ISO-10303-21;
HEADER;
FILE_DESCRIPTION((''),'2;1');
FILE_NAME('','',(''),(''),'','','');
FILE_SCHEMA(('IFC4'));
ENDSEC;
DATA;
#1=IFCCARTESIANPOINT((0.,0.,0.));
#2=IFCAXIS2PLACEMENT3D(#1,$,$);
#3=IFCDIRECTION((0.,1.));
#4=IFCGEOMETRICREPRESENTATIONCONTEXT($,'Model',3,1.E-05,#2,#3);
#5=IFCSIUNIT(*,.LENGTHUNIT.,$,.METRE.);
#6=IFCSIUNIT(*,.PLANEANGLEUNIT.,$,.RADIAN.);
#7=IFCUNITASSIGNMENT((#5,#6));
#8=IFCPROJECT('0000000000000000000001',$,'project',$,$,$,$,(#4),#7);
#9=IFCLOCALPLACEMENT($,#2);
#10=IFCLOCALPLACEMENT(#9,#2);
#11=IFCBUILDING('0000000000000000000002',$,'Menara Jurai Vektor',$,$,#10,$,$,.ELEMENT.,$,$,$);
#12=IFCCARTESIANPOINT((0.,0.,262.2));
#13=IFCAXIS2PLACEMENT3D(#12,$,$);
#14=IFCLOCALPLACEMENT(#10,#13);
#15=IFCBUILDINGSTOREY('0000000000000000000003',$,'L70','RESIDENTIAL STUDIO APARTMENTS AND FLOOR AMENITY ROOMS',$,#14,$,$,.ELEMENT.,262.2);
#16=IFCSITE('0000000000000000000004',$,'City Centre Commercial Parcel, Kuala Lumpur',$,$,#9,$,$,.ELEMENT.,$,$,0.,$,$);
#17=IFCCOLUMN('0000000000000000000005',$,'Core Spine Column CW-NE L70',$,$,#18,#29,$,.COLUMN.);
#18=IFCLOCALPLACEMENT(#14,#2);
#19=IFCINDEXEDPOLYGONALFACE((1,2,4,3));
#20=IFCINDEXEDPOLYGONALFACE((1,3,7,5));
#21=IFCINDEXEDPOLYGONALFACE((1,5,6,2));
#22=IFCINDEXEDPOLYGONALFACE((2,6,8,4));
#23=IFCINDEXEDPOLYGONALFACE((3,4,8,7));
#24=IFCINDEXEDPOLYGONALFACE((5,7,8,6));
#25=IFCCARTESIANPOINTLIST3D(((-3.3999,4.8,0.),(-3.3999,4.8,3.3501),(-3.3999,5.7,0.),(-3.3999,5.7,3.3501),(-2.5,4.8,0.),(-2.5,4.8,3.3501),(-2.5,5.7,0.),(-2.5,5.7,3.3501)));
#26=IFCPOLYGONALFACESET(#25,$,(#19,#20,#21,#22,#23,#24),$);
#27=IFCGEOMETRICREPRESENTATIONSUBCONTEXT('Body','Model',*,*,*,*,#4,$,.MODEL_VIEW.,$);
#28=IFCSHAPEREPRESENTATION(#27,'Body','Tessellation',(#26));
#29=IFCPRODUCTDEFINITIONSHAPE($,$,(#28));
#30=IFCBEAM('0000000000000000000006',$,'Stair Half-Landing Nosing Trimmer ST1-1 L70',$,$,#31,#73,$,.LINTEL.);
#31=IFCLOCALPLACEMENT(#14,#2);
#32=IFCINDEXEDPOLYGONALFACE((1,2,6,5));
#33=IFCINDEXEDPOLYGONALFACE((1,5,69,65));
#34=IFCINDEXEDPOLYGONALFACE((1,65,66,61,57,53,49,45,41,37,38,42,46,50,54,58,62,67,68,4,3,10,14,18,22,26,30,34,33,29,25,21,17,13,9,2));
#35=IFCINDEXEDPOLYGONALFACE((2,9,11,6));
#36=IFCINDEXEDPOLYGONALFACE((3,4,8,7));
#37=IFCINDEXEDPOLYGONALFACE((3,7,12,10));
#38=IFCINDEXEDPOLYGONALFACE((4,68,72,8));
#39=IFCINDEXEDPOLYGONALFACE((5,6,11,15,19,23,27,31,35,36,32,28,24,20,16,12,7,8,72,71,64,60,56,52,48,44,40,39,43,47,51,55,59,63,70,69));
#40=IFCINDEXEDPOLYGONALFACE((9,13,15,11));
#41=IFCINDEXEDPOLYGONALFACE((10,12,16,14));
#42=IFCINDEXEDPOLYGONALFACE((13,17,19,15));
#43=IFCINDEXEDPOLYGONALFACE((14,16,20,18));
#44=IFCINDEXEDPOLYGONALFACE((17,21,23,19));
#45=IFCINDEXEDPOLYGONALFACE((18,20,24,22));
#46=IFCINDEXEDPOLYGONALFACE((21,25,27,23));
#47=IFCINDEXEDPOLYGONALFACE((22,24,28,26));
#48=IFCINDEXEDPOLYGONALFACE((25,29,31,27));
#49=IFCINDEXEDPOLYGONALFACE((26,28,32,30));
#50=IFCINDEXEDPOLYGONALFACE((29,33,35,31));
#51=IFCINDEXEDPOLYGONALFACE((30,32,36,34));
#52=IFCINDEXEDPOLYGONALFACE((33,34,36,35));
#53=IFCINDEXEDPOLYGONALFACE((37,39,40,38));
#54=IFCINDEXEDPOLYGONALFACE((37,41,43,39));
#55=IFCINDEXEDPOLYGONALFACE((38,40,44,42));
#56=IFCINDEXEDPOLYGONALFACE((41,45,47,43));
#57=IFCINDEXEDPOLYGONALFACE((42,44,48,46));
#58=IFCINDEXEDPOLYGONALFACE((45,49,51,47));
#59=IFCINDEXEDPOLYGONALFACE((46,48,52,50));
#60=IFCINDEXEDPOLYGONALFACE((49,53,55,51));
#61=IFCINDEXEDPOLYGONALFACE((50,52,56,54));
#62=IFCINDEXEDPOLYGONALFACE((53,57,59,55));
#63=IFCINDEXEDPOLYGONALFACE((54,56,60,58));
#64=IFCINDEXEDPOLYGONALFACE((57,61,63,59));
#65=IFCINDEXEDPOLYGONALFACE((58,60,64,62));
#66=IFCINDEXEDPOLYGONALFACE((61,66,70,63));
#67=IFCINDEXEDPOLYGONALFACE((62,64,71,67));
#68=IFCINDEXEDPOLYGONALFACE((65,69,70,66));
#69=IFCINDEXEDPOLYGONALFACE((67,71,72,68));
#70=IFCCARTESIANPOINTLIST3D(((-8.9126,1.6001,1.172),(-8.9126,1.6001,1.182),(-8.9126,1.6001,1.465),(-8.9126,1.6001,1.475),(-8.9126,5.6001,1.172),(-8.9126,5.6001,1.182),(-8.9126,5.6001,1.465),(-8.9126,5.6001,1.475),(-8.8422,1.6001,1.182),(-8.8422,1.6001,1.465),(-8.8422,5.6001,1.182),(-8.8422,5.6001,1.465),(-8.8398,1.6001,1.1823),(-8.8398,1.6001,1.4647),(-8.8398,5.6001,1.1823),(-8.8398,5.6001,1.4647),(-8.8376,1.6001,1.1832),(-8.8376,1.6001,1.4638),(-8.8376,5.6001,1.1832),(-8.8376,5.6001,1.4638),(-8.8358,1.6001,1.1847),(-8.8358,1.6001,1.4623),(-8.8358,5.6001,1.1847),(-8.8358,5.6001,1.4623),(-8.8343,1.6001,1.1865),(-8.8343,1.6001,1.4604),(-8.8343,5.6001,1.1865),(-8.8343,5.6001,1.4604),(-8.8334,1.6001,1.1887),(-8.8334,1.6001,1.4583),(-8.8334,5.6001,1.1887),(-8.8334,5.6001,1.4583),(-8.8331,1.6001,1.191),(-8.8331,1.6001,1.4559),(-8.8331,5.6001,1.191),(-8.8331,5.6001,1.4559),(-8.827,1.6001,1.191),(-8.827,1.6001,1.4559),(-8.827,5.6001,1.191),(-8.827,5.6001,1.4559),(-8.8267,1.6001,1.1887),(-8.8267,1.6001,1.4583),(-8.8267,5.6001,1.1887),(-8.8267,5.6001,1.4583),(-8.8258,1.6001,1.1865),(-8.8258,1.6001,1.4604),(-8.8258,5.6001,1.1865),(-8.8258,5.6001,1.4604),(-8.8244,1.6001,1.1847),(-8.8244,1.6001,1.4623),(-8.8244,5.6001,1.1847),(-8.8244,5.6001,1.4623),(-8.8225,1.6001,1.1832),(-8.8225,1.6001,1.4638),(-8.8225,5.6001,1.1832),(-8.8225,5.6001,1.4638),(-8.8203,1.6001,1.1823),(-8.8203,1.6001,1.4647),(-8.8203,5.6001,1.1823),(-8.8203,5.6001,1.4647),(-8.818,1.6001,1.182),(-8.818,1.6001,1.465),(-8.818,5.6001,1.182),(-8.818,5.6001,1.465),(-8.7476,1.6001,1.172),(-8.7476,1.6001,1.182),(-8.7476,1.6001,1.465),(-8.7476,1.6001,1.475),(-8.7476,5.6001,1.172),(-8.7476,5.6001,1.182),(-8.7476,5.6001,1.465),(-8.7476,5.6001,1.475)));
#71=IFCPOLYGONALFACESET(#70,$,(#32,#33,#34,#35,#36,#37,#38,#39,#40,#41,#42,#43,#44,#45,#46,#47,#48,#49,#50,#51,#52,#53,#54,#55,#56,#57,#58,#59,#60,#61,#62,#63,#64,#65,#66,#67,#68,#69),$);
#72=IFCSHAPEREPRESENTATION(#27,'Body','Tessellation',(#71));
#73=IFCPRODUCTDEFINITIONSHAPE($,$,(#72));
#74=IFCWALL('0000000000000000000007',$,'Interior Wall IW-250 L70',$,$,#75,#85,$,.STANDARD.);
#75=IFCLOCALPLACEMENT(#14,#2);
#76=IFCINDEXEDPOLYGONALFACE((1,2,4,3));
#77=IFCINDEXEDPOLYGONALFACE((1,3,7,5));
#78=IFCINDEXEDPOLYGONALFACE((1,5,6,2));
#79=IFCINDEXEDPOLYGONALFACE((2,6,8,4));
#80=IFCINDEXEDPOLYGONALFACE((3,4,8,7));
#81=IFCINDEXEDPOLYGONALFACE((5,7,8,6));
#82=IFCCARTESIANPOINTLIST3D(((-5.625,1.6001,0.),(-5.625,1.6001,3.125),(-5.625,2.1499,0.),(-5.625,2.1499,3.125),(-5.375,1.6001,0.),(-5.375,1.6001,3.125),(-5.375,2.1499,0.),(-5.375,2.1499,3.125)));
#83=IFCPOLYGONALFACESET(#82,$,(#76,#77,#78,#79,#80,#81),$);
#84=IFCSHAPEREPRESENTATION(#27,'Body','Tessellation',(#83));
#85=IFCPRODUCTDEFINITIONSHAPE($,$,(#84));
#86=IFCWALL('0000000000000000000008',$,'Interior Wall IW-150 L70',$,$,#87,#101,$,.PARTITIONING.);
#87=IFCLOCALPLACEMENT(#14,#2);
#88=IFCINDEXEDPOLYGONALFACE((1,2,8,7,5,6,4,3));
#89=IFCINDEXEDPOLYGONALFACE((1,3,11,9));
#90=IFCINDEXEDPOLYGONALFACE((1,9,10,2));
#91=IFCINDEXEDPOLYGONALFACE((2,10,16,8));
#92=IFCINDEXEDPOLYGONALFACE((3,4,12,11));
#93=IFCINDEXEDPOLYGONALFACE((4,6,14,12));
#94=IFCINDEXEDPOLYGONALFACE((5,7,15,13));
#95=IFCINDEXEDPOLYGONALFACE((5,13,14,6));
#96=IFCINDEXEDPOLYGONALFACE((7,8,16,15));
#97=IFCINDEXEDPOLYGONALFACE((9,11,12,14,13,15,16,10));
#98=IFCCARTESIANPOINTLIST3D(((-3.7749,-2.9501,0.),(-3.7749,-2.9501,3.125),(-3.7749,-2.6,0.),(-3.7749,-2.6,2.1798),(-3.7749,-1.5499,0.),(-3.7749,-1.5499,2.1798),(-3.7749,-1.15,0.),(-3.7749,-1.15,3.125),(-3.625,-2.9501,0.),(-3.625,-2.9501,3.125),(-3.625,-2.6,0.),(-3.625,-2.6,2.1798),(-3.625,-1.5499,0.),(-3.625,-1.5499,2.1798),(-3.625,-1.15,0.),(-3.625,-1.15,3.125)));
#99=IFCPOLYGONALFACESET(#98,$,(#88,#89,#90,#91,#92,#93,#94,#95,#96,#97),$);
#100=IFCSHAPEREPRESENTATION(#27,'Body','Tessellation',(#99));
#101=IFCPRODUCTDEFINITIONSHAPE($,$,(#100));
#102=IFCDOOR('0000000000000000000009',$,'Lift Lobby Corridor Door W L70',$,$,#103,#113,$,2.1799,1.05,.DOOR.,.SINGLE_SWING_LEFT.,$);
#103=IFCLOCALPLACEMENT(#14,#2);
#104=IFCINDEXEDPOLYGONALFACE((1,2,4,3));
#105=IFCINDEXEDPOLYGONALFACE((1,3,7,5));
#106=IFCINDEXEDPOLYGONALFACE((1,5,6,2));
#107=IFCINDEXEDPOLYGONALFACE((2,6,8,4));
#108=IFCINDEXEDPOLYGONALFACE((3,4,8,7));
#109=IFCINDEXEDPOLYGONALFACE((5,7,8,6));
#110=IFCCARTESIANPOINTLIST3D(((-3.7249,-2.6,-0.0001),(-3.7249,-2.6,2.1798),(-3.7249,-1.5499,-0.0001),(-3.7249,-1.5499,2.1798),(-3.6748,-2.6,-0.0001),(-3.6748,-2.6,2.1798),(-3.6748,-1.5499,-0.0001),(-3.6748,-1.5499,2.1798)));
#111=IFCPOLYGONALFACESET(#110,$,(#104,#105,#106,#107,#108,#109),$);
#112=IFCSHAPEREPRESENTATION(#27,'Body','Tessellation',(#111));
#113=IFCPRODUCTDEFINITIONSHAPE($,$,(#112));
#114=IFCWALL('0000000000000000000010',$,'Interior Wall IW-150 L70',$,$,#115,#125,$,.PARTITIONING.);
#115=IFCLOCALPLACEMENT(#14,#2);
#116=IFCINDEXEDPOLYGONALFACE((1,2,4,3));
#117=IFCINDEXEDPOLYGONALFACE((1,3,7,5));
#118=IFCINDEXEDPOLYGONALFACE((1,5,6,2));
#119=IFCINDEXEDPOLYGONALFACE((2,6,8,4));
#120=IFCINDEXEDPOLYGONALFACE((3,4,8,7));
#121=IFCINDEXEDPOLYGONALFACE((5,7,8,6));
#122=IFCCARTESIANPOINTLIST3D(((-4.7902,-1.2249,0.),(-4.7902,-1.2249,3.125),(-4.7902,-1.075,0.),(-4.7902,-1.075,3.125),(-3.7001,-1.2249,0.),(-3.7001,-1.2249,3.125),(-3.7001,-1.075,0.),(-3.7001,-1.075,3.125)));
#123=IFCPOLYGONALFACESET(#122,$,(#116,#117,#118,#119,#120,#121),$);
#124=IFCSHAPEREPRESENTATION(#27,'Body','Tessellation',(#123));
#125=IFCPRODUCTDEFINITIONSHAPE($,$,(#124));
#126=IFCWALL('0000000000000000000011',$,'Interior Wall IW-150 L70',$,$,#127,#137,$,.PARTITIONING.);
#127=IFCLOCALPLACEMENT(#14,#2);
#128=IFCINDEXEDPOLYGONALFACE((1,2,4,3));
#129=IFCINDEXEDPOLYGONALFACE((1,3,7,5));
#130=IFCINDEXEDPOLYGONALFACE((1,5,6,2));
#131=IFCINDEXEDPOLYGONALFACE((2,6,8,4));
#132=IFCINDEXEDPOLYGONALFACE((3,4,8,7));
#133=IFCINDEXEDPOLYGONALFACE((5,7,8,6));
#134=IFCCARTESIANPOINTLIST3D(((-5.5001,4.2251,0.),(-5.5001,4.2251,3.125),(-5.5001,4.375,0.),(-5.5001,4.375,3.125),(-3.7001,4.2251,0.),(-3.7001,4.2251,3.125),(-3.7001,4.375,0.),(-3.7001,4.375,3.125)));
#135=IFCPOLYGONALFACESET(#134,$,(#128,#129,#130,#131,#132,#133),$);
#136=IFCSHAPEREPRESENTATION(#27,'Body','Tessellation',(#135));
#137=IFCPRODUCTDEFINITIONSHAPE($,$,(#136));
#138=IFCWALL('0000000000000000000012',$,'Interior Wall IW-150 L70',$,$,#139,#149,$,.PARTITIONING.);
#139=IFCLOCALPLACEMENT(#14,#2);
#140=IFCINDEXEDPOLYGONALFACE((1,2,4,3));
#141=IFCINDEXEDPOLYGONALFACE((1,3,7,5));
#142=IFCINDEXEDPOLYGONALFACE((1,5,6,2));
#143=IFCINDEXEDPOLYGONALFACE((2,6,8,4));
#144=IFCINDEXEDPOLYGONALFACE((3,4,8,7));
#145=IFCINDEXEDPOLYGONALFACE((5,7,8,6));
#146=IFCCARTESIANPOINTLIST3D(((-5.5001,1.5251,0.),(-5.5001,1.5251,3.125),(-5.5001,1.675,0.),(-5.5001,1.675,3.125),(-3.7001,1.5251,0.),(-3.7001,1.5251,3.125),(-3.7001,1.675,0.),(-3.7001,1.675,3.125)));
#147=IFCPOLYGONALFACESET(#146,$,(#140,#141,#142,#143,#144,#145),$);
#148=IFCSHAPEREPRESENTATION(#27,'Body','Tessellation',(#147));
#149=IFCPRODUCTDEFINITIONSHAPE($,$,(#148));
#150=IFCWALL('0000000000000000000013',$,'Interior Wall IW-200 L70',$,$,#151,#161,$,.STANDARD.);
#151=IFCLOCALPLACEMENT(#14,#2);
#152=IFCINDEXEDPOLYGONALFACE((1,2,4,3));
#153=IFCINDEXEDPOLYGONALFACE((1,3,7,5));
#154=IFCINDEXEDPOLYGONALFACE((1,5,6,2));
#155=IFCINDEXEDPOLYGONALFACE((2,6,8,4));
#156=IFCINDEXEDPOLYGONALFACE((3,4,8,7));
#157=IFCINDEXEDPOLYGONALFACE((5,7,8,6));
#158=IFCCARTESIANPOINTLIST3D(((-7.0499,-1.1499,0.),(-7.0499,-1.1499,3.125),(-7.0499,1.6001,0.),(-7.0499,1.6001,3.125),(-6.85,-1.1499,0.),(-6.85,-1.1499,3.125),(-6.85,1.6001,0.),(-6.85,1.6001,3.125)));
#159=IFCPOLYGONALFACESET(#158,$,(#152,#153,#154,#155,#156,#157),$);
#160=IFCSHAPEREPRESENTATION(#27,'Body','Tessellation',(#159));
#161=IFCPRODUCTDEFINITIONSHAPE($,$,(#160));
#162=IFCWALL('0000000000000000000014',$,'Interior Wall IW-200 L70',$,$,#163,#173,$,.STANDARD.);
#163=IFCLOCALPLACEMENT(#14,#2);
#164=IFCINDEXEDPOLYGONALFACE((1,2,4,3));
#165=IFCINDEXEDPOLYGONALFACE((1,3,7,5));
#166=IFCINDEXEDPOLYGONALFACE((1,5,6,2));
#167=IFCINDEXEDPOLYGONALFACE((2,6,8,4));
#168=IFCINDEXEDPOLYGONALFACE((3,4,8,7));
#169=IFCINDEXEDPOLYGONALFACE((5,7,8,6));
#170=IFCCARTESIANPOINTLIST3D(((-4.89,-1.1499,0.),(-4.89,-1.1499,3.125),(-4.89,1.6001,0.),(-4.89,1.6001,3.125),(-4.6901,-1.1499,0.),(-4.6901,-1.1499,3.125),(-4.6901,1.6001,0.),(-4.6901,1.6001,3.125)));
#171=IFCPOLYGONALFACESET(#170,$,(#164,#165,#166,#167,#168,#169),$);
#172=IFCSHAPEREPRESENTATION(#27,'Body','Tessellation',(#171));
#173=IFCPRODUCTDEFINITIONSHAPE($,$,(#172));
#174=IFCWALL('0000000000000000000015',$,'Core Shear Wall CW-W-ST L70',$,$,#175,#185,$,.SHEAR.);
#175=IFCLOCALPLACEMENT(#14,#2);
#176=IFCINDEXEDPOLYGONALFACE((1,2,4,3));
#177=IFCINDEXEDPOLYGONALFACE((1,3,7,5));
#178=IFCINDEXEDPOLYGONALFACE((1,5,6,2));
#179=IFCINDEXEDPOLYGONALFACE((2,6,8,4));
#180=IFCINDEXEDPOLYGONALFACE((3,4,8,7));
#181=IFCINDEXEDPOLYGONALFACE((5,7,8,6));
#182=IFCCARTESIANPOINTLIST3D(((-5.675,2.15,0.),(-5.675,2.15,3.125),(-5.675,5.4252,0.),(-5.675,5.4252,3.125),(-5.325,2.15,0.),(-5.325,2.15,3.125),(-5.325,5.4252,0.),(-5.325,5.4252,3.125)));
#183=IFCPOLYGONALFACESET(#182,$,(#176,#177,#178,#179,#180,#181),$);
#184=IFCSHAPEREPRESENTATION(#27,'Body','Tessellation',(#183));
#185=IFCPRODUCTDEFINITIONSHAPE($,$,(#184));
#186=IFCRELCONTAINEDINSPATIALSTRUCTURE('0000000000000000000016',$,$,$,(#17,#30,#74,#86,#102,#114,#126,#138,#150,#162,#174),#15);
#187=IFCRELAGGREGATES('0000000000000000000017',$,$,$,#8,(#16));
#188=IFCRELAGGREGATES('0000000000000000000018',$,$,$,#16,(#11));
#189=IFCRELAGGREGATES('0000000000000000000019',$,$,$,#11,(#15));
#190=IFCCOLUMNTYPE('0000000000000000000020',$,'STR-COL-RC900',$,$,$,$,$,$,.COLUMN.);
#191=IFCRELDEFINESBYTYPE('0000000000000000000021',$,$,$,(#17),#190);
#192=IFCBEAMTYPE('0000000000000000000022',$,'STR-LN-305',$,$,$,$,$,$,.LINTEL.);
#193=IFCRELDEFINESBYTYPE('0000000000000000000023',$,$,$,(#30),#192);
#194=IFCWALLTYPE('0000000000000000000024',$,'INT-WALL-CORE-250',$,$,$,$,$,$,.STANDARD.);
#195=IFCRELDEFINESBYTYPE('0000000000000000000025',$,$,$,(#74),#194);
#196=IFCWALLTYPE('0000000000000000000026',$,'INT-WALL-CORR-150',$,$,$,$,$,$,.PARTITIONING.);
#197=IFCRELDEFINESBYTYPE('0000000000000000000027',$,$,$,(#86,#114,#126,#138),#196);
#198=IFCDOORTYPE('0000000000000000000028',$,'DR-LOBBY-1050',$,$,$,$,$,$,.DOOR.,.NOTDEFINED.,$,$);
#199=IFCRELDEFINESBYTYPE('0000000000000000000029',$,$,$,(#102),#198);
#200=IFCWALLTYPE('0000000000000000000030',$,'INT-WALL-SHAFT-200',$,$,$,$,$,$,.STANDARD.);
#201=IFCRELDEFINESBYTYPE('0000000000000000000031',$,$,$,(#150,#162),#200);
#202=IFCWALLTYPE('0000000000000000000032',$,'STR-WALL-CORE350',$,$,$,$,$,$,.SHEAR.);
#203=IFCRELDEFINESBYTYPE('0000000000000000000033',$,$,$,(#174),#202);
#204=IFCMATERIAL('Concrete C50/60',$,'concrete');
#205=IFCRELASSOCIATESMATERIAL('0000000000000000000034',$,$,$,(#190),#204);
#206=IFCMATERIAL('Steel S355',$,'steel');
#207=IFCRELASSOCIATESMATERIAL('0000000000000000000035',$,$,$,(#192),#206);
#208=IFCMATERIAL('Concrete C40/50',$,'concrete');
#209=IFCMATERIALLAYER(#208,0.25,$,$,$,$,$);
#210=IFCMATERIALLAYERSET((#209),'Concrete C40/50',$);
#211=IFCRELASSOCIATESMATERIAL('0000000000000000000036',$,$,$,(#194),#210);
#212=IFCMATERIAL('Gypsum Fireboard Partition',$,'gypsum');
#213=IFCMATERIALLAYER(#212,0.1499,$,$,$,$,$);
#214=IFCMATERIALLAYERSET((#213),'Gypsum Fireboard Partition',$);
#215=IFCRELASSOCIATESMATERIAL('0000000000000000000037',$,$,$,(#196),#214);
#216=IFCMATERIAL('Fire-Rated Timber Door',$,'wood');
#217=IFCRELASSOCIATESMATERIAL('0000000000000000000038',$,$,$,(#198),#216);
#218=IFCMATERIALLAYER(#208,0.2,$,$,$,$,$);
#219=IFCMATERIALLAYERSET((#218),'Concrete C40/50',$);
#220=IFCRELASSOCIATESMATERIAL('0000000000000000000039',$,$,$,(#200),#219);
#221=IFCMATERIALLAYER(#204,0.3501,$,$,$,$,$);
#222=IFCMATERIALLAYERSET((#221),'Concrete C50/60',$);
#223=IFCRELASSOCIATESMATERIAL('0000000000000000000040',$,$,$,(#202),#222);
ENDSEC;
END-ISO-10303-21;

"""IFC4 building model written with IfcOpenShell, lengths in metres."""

from ifc_helpers import new_model, si_unit, direction, frame, frame_2d, origin, origin_2d, place, context, subcontext, project, spatial, rectangle, i_section, extrude, material, layer, layer_set, material_profile, profile_set, type_object, element, fill, save


model = new_model("IFC4")

# Units and contexts
model_context = context("Model", 3, precision=1e-05, world=origin(), true_north=direction((0.0, 1.0)))
body_context = subcontext(model_context, "Body", "Model", "MODEL_VIEW")
ifc_project = project(units=[si_unit("LENGTHUNIT", "METRE"), si_unit("PLANEANGLEUNIT", "RADIAN")], contexts=[model_context])

# Site, building, storey
site_placement = place(None, origin())
site = spatial("IfcSite", under=ifc_project, at=site_placement, Name="City Centre Commercial Parcel, Kuala Lumpur", CompositionType="ELEMENT", RefElevation=0.0)
building_placement = place(site_placement, origin())
building = spatial("IfcBuilding", under=site, at=building_placement, Name="Menara Jurai Vektor", CompositionType="ELEMENT")
storey_placement = place(building_placement, frame((0.0, 0.0, 262.2)))
storey = spatial("IfcBuildingStorey", under=building, at=storey_placement, Name="L70", Description="RESIDENTIAL STUDIO APARTMENTS AND FLOOR AMENITY ROOMS", CompositionType="ELEMENT", Elevation=262.2)

# Column
ifc_material_1 = material(Name="Concrete C50/60", Category="concrete")
ifc_material_profile_1 = material_profile(ifc_material_1, rectangle(XDim=0.8999, YDim=0.8999, at=origin_2d()), Name="RC 900x900")
ifc_profile_set_1 = profile_set([ifc_material_profile_1], Name="Concrete C50/60")
column_type = type_object("IfcColumnType", Name="STR-COL-RC900", PredefinedType="COLUMN", material=ifc_profile_set_1)
column_placement = place(storey_placement, frame((-2.95, 5.25, 0.0), z_axis=(0.0, 0.0, 1.0), x_axis=(1.0, 0.0, 0.0)))
element("IfcColumn", 1, at=column_placement, inside=storey, type_object=column_type, Name="Core Spine Column CW-NE L70", PredefinedType="COLUMN", context=body_context, shape_type="SweptSolid", body=[
    extrude(rectangle(XDim=0.8999, YDim=0.8999, at=origin_2d()), origin(), (0.0, 0.0, 1.0), 3.3501),
])

# Beam
ifc_material_2 = material(Name="Steel S355", Category="steel")
ifc_material_profile_2 = material_profile(ifc_material_2, i_section(OverallWidth=0.165, OverallDepth=0.303, WebThickness=0.0061, FlangeThickness=0.01, FilletRadius=0.009, at=origin_2d()), Name="UKB 305x165x40")
ifc_profile_set_2 = profile_set([ifc_material_profile_2], Name="Steel S355")
beam_type = type_object("IfcBeamType", Name="STR-LN-305", PredefinedType="LINTEL", material=ifc_profile_set_2)
beam_placement = place(storey_placement, frame((-8.8301, 1.6001, 1.3235), z_axis=(0.0, 1.0, 0.0), x_axis=(-1.0, 0.0, 0.0)))
element("IfcBeam", 2, at=beam_placement, inside=storey, type_object=beam_type, Name="Stair Half-Landing Nosing Trimmer ST1-1 L70", PredefinedType="LINTEL", context=body_context, shape_type="SweptSolid", body=[
    extrude(i_section(OverallWidth=0.165, OverallDepth=0.303, WebThickness=0.0061, FlangeThickness=0.01, FilletRadius=0.009, at=origin_2d()), origin(), (0.0, 0.0, 1.0), 4.0),
])

# Wall
ifc_material_3 = material(Name="Concrete C40/50", Category="concrete")
ifc_layer_1 = layer(ifc_material_3, 0.25)
ifc_layer_set_1 = layer_set([ifc_layer_1], Name="Concrete C40/50")
wall_type_1 = type_object("IfcWallType", Name="INT-WALL-CORE-250", PredefinedType="STANDARD", material=ifc_layer_set_1)
wall_1_placement = place(storey_placement, frame((-5.5, 1.6001, 0.0), z_axis=(0.0, 0.0, 1.0), x_axis=(0.0, 1.0, 0.0)))
element("IfcWall", 3, at=wall_1_placement, inside=storey, type_object=wall_type_1, Name="Interior Wall IW-250 L70", PredefinedType="STANDARD", context=body_context, shape_type="SweptSolid", body=[
    extrude(rectangle(XDim=0.5498, YDim=0.25, at=frame_2d((0.2749, 0.0))), origin(), (0.0, 0.0, 1.0), 3.125),
])

# Wall, opening, door
ifc_material_4 = material(Name="Gypsum Fireboard Partition", Category="gypsum")
ifc_layer_2 = layer(ifc_material_4, 0.1499)
ifc_layer_set_2 = layer_set([ifc_layer_2], Name="Gypsum Fireboard Partition")
wall_type_2 = type_object("IfcWallType", Name="INT-WALL-CORR-150", PredefinedType="PARTITIONING", material=ifc_layer_set_2)
wall_2_placement = place(storey_placement, frame((-3.7, -2.95, 0.0), z_axis=(0.0, 0.0, 1.0), x_axis=(0.0, 1.0, 0.0)))
wall_2 = element("IfcWall", 4, at=wall_2_placement, inside=storey, type_object=wall_type_2, Name="Interior Wall IW-150 L70", PredefinedType="PARTITIONING", context=body_context, shape_type="SweptSolid", body=[
    extrude(rectangle(XDim=1.8, YDim=0.1499, at=frame_2d((0.8999, 0.0))), origin(), (0.0, 0.0, 1.0), 3.125),
])
opening_1_placement = place(wall_2_placement, frame((0.3501, 0.0, 0.0)))
opening_1 = element("IfcOpeningElement", 5, at=opening_1_placement, cuts=wall_2, PredefinedType="OPENING", context=body_context, shape_type="SweptSolid", body=[
    extrude(rectangle(XDim=1.05, YDim=2.1799, at=frame_2d((0.5249, 1.0898))), frame((0.0, 0.085, 0.0), z_axis=(0.0, -1.0, 0.0), x_axis=(1.0, 0.0, 0.0)), (0.0, 0.0, 1.0), 0.1699),
])
ifc_material_5 = material(Name="Fire-Rated Timber Door", Category="wood")
door_type_1 = type_object("IfcDoorType", Name="DR-LOBBY-1050", OperationType="NOTDEFINED", PredefinedType="DOOR", material=ifc_material_5)
door_1_placement = place(opening_1_placement, origin())
door_1 = element("IfcDoor", 6, at=door_1_placement, inside=storey, type_object=door_type_1, Name="Lift Lobby Corridor Door W L70", OperationType="SINGLE_SWING_LEFT", OverallHeight=2.1799, OverallWidth=1.05, PredefinedType="DOOR", context=body_context, shape_type="SweptSolid", body=[
    extrude(rectangle(XDim=1.05, YDim=2.1799, at=frame_2d((0.5249, 1.0898))), frame((0.0, 0.0249, 0.0), z_axis=(0.0, -1.0, 0.0), x_axis=(1.0, 0.0, 0.0)), (0.0, 0.0, 1.0), 0.05),
])
fill(opening_1, door_1)

# Walls
wall_3_placement = place(storey_placement, frame((-4.79, -1.1499, 0.0), z_axis=(0.0, 0.0, 1.0), x_axis=(1.0, 0.0, 0.0)))
element("IfcWall", 7, at=wall_3_placement, inside=storey, type_object=wall_type_2, Name="Interior Wall IW-150 L70", PredefinedType="PARTITIONING", context=body_context, shape_type="SweptSolid", body=[
    extrude(rectangle(XDim=1.0901, YDim=0.1499, at=frame_2d((0.5449, 0.0))), origin(), (0.0, 0.0, 1.0), 3.125),
])
for number, where, z_axis, x_axis, name in (
    (8, (-5.5, 4.3, 0.0), (0.0, 0.0, 1.0), (1.0, 0.0, 0.0), "Interior Wall IW-150 L70"),
    (9, (-5.5, 1.6001, 0.0), (0.0, 0.0, 1.0), (1.0, 0.0, 0.0), "Interior Wall IW-150 L70"),
):
    element("IfcWall", number, at=place(storey_placement, frame(where, z_axis=z_axis, x_axis=x_axis)), inside=storey, type_object=wall_type_2, Name=name, PredefinedType="PARTITIONING", context=body_context, shape_type="SweptSolid", body=[
        extrude(rectangle(XDim=1.8, YDim=0.1499, at=frame_2d((0.8999, 0.0))), origin(), (0.0, 0.0, 1.0), 3.125),
    ])

# Shared definitions
ifc_layer_3 = layer(ifc_material_3, 0.2)
ifc_layer_set_3 = layer_set([ifc_layer_3], Name="Concrete C40/50")
wall_type_3 = type_object("IfcWallType", Name="INT-WALL-SHAFT-200", PredefinedType="STANDARD", material=ifc_layer_set_3)

# Walls
for number, where, z_axis, x_axis, name in (
    (10, (-6.95, -1.1499, 0.0), (0.0, 0.0, 1.0), (0.0, 1.0, 0.0), "Interior Wall IW-200 L70"),
    (11, (-4.79, -1.1499, 0.0), (0.0, 0.0, 1.0), (0.0, 1.0, 0.0), "Interior Wall IW-200 L70"),
):
    element("IfcWall", number, at=place(storey_placement, frame(where, z_axis=z_axis, x_axis=x_axis)), inside=storey, type_object=wall_type_3, Name=name, PredefinedType="STANDARD", context=body_context, shape_type="SweptSolid", body=[
        extrude(rectangle(XDim=2.75, YDim=0.2, at=frame_2d((1.375, 0.0))), origin(), (0.0, 0.0, 1.0), 3.125),
    ])

# Wall
ifc_layer_4 = layer(ifc_material_1, 0.3501)
ifc_layer_set_4 = layer_set([ifc_layer_4], Name="Concrete C50/60")
wall_type_4 = type_object("IfcWallType", Name="STR-WALL-CORE350", PredefinedType="SHEAR", material=ifc_layer_set_4)
wall_4_placement = place(storey_placement, frame((-5.5, 2.1499, 0.0), z_axis=(0.0, 0.0, 1.0), x_axis=(0.0, 1.0, 0.0)))
element("IfcWall", 12, at=wall_4_placement, inside=storey, type_object=wall_type_4, Name="Core Shear Wall CW-W-ST L70", PredefinedType="SHEAR", context=body_context, shape_type="SweptSolid", body=[
    extrude(rectangle(XDim=3.2751, YDim=0.3501, at=frame_2d((1.6377, 0.0))), origin(), (0.0, 0.0, 1.0), 3.125),
])

save(model, "model.ifc")
